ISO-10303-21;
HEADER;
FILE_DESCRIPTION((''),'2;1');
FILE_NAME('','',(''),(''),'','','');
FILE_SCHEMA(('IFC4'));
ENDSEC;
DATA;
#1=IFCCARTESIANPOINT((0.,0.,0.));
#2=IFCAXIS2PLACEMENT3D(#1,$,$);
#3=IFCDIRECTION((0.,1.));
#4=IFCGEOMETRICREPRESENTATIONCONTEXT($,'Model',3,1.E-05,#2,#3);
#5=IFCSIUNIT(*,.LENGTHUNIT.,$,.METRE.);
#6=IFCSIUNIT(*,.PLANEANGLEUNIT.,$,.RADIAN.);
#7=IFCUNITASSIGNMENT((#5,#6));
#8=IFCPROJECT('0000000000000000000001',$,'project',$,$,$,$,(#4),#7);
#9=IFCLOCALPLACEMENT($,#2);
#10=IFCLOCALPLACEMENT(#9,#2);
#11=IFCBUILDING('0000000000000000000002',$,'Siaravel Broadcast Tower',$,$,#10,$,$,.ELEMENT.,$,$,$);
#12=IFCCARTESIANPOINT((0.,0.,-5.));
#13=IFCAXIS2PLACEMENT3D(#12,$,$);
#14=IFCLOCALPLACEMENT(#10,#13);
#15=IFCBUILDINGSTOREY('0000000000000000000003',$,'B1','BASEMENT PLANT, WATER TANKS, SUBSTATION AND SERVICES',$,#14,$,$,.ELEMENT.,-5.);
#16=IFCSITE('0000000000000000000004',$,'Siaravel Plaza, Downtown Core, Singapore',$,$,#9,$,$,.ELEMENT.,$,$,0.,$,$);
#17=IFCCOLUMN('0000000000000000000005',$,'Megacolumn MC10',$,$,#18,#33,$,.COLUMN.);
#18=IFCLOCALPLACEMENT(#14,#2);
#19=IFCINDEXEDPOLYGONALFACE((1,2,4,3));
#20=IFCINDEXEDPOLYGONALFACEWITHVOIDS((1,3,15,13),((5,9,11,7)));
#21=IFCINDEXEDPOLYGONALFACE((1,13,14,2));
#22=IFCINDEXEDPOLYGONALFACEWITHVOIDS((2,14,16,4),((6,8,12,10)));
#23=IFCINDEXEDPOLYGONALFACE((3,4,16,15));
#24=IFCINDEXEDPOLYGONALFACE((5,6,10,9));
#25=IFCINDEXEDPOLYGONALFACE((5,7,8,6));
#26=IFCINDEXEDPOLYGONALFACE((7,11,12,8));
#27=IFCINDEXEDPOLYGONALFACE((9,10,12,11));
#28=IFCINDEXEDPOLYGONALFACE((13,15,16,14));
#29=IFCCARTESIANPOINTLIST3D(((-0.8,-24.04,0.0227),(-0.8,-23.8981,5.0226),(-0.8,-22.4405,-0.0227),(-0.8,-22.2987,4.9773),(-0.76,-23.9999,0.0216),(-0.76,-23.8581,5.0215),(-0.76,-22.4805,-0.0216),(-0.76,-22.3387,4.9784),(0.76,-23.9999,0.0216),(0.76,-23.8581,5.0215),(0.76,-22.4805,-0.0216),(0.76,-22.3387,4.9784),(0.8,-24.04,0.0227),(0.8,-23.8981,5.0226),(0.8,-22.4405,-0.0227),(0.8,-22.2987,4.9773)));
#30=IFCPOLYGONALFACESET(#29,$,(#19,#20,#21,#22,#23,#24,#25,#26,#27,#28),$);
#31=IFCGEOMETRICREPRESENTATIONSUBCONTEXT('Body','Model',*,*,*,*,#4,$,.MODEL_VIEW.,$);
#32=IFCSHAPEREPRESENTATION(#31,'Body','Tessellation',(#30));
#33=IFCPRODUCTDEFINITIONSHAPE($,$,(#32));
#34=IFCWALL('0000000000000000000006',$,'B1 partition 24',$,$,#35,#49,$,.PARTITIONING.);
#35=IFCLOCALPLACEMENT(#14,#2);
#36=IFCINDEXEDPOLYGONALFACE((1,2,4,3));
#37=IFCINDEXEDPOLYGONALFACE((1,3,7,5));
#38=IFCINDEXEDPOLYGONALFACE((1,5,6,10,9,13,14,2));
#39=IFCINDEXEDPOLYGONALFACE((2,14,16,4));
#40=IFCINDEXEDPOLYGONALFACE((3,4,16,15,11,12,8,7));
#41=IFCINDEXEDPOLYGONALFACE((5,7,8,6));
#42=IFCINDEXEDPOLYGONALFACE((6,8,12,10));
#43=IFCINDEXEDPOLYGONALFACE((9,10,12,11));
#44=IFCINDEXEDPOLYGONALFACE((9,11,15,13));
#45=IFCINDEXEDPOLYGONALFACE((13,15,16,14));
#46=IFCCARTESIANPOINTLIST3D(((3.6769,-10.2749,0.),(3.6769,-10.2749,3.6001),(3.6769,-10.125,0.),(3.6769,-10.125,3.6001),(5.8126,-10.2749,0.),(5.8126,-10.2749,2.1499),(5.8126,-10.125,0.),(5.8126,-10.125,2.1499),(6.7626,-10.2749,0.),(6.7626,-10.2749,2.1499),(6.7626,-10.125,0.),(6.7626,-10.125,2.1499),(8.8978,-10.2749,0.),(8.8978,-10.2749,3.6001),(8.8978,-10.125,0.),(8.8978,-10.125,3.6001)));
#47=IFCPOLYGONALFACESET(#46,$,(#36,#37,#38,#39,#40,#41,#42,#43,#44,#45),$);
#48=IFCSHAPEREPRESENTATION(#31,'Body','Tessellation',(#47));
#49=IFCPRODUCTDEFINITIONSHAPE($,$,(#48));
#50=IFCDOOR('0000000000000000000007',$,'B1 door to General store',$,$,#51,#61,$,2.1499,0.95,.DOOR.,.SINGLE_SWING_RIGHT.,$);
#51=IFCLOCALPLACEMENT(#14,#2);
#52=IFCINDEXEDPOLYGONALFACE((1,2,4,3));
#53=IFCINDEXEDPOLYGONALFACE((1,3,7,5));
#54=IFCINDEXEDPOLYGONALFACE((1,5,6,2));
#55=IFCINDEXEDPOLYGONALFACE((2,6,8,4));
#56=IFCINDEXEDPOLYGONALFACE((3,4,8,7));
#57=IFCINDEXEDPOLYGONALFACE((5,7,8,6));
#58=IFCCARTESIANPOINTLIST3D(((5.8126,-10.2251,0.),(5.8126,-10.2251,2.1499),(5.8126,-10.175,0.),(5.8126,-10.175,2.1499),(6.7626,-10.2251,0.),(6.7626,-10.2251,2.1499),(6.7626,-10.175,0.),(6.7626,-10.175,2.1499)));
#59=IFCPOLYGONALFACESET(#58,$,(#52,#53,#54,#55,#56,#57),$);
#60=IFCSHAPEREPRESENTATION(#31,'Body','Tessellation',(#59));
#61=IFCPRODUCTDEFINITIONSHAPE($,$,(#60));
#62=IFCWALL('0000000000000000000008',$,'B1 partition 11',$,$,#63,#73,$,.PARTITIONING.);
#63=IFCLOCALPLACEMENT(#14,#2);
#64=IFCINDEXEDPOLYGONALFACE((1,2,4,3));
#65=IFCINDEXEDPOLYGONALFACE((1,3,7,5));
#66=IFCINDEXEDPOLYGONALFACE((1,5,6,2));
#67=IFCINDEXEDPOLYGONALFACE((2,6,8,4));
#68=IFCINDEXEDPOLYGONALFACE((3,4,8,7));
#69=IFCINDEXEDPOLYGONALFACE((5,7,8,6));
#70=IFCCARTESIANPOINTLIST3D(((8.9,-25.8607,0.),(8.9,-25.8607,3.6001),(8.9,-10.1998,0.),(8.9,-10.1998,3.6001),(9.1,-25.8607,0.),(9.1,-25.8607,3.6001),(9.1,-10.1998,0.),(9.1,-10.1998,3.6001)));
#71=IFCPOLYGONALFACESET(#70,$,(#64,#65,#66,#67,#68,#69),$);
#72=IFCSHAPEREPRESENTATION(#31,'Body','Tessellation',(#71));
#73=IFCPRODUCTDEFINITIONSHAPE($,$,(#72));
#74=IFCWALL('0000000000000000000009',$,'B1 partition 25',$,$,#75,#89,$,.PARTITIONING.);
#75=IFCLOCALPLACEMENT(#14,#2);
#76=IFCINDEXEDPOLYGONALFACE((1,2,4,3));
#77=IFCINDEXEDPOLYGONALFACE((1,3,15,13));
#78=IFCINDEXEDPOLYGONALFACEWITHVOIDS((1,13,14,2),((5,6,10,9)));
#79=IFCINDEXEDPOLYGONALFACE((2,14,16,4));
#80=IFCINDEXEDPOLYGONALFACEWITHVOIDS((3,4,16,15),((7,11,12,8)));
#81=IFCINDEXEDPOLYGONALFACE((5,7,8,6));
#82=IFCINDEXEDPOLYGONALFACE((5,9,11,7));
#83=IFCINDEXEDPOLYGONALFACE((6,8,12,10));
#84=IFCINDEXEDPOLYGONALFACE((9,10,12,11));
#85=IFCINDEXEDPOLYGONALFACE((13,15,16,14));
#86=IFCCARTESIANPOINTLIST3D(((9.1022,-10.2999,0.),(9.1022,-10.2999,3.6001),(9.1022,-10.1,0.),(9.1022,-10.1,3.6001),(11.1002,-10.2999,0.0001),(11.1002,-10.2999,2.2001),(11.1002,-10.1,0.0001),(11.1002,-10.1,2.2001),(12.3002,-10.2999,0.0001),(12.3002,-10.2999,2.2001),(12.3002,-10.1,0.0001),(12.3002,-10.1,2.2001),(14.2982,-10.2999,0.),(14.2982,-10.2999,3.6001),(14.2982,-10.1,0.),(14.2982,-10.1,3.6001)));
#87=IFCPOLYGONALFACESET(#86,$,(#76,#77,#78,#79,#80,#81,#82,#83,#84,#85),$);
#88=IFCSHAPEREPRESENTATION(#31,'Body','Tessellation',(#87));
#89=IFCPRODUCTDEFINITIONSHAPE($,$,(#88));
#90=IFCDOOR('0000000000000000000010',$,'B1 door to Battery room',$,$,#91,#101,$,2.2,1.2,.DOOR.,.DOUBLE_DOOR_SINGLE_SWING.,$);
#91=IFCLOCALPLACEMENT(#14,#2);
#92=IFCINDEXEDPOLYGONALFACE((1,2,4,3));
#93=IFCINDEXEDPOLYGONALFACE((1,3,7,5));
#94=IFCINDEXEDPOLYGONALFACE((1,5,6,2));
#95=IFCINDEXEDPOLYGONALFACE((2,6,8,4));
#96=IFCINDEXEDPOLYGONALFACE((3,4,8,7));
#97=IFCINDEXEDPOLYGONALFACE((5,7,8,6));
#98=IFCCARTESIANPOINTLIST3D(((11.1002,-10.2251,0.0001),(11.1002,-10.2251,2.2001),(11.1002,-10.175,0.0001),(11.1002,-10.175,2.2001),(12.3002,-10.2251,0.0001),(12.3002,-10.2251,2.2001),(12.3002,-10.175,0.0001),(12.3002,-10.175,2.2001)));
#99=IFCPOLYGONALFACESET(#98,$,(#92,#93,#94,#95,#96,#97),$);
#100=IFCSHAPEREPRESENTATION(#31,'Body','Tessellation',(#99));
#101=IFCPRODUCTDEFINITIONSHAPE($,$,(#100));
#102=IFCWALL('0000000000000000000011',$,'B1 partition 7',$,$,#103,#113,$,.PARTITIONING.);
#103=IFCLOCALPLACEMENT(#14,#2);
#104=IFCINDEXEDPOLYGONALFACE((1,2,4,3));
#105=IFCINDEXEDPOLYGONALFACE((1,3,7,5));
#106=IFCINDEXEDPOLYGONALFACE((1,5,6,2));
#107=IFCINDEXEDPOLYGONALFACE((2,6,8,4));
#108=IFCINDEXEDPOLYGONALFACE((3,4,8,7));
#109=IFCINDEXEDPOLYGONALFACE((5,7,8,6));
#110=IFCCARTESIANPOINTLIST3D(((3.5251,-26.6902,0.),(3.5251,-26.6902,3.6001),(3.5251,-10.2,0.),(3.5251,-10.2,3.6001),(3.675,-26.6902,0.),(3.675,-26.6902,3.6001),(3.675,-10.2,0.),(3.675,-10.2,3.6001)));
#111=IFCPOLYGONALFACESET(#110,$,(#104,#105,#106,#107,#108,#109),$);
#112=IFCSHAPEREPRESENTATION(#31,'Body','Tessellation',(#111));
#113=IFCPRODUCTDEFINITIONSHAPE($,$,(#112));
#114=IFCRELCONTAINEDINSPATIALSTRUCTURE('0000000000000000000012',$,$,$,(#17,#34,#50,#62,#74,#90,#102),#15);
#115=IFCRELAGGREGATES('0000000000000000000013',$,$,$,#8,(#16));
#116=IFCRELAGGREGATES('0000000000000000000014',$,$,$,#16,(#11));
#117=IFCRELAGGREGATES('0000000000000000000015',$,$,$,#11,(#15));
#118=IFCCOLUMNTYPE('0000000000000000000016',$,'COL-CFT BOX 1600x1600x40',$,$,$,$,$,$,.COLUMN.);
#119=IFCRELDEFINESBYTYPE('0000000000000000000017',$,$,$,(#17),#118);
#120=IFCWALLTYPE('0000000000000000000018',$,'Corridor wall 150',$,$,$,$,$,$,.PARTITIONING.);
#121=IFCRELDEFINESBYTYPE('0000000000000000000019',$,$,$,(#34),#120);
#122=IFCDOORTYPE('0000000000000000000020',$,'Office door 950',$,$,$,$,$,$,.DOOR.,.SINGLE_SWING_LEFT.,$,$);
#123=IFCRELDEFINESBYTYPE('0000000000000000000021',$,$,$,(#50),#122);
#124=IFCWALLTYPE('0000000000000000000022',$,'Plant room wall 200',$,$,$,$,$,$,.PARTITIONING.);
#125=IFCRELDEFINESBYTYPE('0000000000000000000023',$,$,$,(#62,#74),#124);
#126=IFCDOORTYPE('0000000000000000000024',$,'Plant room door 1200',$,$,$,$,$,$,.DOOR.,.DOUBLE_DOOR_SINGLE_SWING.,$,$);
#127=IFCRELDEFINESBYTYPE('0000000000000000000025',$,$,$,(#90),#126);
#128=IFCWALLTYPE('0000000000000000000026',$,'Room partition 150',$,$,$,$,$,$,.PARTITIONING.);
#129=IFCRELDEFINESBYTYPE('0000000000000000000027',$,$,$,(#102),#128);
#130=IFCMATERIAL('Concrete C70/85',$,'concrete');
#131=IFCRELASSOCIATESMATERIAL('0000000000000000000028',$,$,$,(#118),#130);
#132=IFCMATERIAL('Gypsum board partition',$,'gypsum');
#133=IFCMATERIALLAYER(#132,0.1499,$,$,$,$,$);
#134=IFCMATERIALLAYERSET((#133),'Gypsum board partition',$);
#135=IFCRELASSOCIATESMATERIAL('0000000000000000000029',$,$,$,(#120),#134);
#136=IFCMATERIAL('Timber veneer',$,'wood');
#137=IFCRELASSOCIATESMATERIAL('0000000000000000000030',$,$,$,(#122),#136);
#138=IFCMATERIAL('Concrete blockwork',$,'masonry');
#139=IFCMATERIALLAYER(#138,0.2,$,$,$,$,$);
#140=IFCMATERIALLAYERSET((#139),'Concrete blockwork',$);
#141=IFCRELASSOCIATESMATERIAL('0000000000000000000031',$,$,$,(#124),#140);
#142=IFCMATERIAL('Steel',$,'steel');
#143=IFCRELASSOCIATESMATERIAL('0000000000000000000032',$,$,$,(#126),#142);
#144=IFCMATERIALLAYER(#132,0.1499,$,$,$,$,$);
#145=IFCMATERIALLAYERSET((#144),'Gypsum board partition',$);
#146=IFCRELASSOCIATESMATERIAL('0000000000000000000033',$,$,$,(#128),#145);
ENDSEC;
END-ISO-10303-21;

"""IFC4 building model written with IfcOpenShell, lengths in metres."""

from ifc_helpers import new_model, si_unit, direction, frame, frame_2d, origin, origin_2d, place, context, subcontext, project, spatial, rectangle, hollow_rectangle, extrude, material, layer, layer_set, material_profile, profile_set, type_object, element, fill, save


model = new_model("IFC4")

# Units and contexts
model_context = context("Model", 3, precision=1e-05, world=origin(), true_north=direction((0.0, 1.0)))
body_context = subcontext(model_context, "Body", "Model", "MODEL_VIEW")
ifc_project = project(units=[si_unit("LENGTHUNIT", "METRE"), si_unit("PLANEANGLEUNIT", "RADIAN")], contexts=[model_context])

# Site, building, storey
site_placement = place(None, origin())
site = spatial("IfcSite", under=ifc_project, at=site_placement, Name="Siaravel Plaza, Downtown Core, Singapore", CompositionType="ELEMENT", RefElevation=0.0)
building_placement = place(site_placement, origin())
building = spatial("IfcBuilding", under=site, at=building_placement, Name="Siaravel Broadcast Tower", CompositionType="ELEMENT")
storey_placement = place(building_placement, frame((0.0, 0.0, -5.0)))
storey = spatial("IfcBuildingStorey", under=building, at=storey_placement, Name="B1", Description="BASEMENT PLANT, WATER TANKS, SUBSTATION AND SERVICES", CompositionType="ELEMENT", Elevation=-5.0)

# Column
ifc_material_1 = material(Name="Concrete C70/85", Category="concrete")
ifc_material_profile_1 = material_profile(ifc_material_1, hollow_rectangle(XDim=1.6001, YDim=1.6001, WallThickness=0.04, at=origin_2d()))
ifc_profile_set_1 = profile_set([ifc_material_profile_1], Name="Concrete C70/85")
column_type_1 = type_object("IfcColumnType", Name="COL-CFT BOX 1600x1600x40", PredefinedType="COLUMN", material=ifc_profile_set_1)
column_1_placement = place(storey_placement, frame((0.0, -23.2402, 0.0), z_axis=(0.0, 0.028358, 0.999598), x_axis=(-1.0, 0.0, 0.0)))
element("IfcColumn", 1, at=column_1_placement, inside=storey, type_object=column_type_1, Name="Megacolumn MC10", PredefinedType="COLUMN", context=body_context, shape_type="SweptSolid", body=[
    extrude(hollow_rectangle(XDim=1.6001, YDim=1.6001, WallThickness=0.04, at=origin_2d()), origin(), (0.0, 0.0, 1.0), 5.002),
])

# Wall, opening, door
ifc_material_2 = material(Name="Gypsum board partition", Category="gypsum")
ifc_layer_1 = layer(ifc_material_2, 0.1499)
ifc_layer_set_1 = layer_set([ifc_layer_1], Name="Gypsum board partition")
wall_type_1 = type_object("IfcWallType", Name="Corridor wall 150", PredefinedType="PARTITIONING", material=ifc_layer_set_1)
wall_1_placement = place(storey_placement, frame((3.677, -10.2, 0.0), z_axis=(0.0, 0.0, 1.0), x_axis=(1.0, 0.0, 0.0)))
wall_1 = element("IfcWall", 2, at=wall_1_placement, inside=storey, type_object=wall_type_1, Name="B1 partition 24", PredefinedType="PARTITIONING", context=body_context, shape_type="SweptSolid", body=[
    extrude(rectangle(XDim=5.2209, YDim=0.1499, at=frame_2d((2.6104, 0.0))), origin(), (0.0, 0.0, 1.0), 3.6001),
])
opening_1_placement = place(wall_1_placement, frame((2.1355, 0.0, 0.0)))
opening_1 = element("IfcOpeningElement", 3, at=opening_1_placement, cuts=wall_1, PredefinedType="OPENING", context=body_context, shape_type="SweptSolid", body=[
    extrude(rectangle(XDim=0.95, YDim=2.1499, at=frame_2d((0.4751, 1.075))), frame((0.0, 0.085, 0.0), z_axis=(0.0, -1.0, 0.0), x_axis=(1.0, 0.0, 0.0)), (0.0, 0.0, 1.0), 0.1699),
])
ifc_material_3 = material(Name="Timber veneer", Category="wood")
door_type_1 = type_object("IfcDoorType", Name="Office door 950", OperationType="SINGLE_SWING_LEFT", PredefinedType="DOOR", material=ifc_material_3)
door_1_placement = place(opening_1_placement, origin())
door_1 = element("IfcDoor", 4, at=door_1_placement, inside=storey, type_object=door_type_1, Name="B1 door to General store", OperationType="SINGLE_SWING_RIGHT", OverallHeight=2.1499, OverallWidth=0.95, PredefinedType="DOOR", context=body_context, shape_type="SweptSolid", body=[
    extrude(rectangle(XDim=0.95, YDim=2.1499, at=frame_2d((0.4751, 1.075))), frame((0.0, 0.0249, 0.0), z_axis=(0.0, -1.0, 0.0), x_axis=(1.0, 0.0, 0.0)), (0.0, 0.0, 1.0), 0.05),
])
fill(opening_1, door_1)

# Wall
ifc_material_4 = material(Name="Concrete blockwork", Category="masonry")
ifc_layer_2 = layer(ifc_material_4, 0.2)
ifc_layer_set_2 = layer_set([ifc_layer_2], Name="Concrete blockwork")
wall_type_2 = type_object("IfcWallType", Name="Plant room wall 200", PredefinedType="PARTITIONING", material=ifc_layer_set_2)
wall_2_placement = place(storey_placement, frame((9.0, -25.8608, 0.0), z_axis=(0.0, 0.0, 1.0), x_axis=(0.0, 1.0, 0.0)))
element("IfcWall", 5, at=wall_2_placement, inside=storey, type_object=wall_type_2, Name="B1 partition 11", PredefinedType="PARTITIONING", context=body_context, shape_type="SweptSolid", body=[
    extrude(rectangle(XDim=15.6609, YDim=0.2, at=frame_2d((7.8306, 0.0))), origin(), (0.0, 0.0, 1.0), 3.6001),
])

# Wall, opening, door
wall_3_placement = place(storey_placement, frame((9.1021, -10.2, 0.0), z_axis=(0.0, 0.0, 1.0), x_axis=(1.0, 0.0, 0.0)))
wall_3 = element("IfcWall", 6, at=wall_3_placement, inside=storey, type_object=wall_type_2, Name="B1 partition 25", PredefinedType="PARTITIONING", context=body_context, shape_type="SweptSolid", body=[
    extrude(rectangle(XDim=5.196, YDim=0.2, at=frame_2d((2.5981, 0.0))), origin(), (0.0, 0.0, 1.0), 3.6001),
])
opening_2_placement = place(wall_3_placement, frame((1.998, 0.0, 0.0)))
opening_2 = element("IfcOpeningElement", 7, at=opening_2_placement, cuts=wall_3, PredefinedType="OPENING", context=body_context, shape_type="SweptSolid", body=[
    extrude(rectangle(XDim=1.2, YDim=2.2, at=frame_2d((0.6001, 1.1001))), frame((0.0, 0.1099, 0.0), z_axis=(0.0, -1.0, 0.0), x_axis=(1.0, 0.0, 0.0)), (0.0, 0.0, 1.0), 0.22),
])
ifc_material_5 = material(Name="Steel", Category="steel")
door_type_2 = type_object("IfcDoorType", Name="Plant room door 1200", OperationType="DOUBLE_DOOR_SINGLE_SWING", PredefinedType="DOOR", material=ifc_material_5)
door_2_placement = place(opening_2_placement, origin())
door_2 = element("IfcDoor", 8, at=door_2_placement, inside=storey, type_object=door_type_2, Name="B1 door to Battery room", OperationType="DOUBLE_DOOR_SINGLE_SWING", OverallHeight=2.2, OverallWidth=1.2, PredefinedType="DOOR", context=body_context, shape_type="SweptSolid", body=[
    extrude(rectangle(XDim=1.2, YDim=2.2, at=frame_2d((0.6001, 1.1001))), frame((0.0, 0.0249, 0.0), z_axis=(0.0, -1.0, 0.0), x_axis=(1.0, 0.0, 0.0)), (0.0, 0.0, 1.0), 0.05),
])
fill(opening_2, door_2)

# Wall
ifc_layer_3 = layer(ifc_material_2, 0.1499)
ifc_layer_set_3 = layer_set([ifc_layer_3], Name="Gypsum board partition")
wall_type_3 = type_object("IfcWallType", Name="Room partition 150", PredefinedType="PARTITIONING", material=ifc_layer_set_3)
wall_4_placement = place(storey_placement, frame((3.6001, -26.6902, 0.0), z_axis=(0.0, 0.0, 1.0), x_axis=(0.0, 1.0, 0.0)))
element("IfcWall", 9, at=wall_4_placement, inside=storey, type_object=wall_type_3, Name="B1 partition 7", PredefinedType="PARTITIONING", context=body_context, shape_type="SweptSolid", body=[
    extrude(rectangle(XDim=16.4902, YDim=0.1499, at=frame_2d((8.2451, 0.0))), origin(), (0.0, 0.0, 1.0), 3.6001),
])

save(model, "model.ifc")
